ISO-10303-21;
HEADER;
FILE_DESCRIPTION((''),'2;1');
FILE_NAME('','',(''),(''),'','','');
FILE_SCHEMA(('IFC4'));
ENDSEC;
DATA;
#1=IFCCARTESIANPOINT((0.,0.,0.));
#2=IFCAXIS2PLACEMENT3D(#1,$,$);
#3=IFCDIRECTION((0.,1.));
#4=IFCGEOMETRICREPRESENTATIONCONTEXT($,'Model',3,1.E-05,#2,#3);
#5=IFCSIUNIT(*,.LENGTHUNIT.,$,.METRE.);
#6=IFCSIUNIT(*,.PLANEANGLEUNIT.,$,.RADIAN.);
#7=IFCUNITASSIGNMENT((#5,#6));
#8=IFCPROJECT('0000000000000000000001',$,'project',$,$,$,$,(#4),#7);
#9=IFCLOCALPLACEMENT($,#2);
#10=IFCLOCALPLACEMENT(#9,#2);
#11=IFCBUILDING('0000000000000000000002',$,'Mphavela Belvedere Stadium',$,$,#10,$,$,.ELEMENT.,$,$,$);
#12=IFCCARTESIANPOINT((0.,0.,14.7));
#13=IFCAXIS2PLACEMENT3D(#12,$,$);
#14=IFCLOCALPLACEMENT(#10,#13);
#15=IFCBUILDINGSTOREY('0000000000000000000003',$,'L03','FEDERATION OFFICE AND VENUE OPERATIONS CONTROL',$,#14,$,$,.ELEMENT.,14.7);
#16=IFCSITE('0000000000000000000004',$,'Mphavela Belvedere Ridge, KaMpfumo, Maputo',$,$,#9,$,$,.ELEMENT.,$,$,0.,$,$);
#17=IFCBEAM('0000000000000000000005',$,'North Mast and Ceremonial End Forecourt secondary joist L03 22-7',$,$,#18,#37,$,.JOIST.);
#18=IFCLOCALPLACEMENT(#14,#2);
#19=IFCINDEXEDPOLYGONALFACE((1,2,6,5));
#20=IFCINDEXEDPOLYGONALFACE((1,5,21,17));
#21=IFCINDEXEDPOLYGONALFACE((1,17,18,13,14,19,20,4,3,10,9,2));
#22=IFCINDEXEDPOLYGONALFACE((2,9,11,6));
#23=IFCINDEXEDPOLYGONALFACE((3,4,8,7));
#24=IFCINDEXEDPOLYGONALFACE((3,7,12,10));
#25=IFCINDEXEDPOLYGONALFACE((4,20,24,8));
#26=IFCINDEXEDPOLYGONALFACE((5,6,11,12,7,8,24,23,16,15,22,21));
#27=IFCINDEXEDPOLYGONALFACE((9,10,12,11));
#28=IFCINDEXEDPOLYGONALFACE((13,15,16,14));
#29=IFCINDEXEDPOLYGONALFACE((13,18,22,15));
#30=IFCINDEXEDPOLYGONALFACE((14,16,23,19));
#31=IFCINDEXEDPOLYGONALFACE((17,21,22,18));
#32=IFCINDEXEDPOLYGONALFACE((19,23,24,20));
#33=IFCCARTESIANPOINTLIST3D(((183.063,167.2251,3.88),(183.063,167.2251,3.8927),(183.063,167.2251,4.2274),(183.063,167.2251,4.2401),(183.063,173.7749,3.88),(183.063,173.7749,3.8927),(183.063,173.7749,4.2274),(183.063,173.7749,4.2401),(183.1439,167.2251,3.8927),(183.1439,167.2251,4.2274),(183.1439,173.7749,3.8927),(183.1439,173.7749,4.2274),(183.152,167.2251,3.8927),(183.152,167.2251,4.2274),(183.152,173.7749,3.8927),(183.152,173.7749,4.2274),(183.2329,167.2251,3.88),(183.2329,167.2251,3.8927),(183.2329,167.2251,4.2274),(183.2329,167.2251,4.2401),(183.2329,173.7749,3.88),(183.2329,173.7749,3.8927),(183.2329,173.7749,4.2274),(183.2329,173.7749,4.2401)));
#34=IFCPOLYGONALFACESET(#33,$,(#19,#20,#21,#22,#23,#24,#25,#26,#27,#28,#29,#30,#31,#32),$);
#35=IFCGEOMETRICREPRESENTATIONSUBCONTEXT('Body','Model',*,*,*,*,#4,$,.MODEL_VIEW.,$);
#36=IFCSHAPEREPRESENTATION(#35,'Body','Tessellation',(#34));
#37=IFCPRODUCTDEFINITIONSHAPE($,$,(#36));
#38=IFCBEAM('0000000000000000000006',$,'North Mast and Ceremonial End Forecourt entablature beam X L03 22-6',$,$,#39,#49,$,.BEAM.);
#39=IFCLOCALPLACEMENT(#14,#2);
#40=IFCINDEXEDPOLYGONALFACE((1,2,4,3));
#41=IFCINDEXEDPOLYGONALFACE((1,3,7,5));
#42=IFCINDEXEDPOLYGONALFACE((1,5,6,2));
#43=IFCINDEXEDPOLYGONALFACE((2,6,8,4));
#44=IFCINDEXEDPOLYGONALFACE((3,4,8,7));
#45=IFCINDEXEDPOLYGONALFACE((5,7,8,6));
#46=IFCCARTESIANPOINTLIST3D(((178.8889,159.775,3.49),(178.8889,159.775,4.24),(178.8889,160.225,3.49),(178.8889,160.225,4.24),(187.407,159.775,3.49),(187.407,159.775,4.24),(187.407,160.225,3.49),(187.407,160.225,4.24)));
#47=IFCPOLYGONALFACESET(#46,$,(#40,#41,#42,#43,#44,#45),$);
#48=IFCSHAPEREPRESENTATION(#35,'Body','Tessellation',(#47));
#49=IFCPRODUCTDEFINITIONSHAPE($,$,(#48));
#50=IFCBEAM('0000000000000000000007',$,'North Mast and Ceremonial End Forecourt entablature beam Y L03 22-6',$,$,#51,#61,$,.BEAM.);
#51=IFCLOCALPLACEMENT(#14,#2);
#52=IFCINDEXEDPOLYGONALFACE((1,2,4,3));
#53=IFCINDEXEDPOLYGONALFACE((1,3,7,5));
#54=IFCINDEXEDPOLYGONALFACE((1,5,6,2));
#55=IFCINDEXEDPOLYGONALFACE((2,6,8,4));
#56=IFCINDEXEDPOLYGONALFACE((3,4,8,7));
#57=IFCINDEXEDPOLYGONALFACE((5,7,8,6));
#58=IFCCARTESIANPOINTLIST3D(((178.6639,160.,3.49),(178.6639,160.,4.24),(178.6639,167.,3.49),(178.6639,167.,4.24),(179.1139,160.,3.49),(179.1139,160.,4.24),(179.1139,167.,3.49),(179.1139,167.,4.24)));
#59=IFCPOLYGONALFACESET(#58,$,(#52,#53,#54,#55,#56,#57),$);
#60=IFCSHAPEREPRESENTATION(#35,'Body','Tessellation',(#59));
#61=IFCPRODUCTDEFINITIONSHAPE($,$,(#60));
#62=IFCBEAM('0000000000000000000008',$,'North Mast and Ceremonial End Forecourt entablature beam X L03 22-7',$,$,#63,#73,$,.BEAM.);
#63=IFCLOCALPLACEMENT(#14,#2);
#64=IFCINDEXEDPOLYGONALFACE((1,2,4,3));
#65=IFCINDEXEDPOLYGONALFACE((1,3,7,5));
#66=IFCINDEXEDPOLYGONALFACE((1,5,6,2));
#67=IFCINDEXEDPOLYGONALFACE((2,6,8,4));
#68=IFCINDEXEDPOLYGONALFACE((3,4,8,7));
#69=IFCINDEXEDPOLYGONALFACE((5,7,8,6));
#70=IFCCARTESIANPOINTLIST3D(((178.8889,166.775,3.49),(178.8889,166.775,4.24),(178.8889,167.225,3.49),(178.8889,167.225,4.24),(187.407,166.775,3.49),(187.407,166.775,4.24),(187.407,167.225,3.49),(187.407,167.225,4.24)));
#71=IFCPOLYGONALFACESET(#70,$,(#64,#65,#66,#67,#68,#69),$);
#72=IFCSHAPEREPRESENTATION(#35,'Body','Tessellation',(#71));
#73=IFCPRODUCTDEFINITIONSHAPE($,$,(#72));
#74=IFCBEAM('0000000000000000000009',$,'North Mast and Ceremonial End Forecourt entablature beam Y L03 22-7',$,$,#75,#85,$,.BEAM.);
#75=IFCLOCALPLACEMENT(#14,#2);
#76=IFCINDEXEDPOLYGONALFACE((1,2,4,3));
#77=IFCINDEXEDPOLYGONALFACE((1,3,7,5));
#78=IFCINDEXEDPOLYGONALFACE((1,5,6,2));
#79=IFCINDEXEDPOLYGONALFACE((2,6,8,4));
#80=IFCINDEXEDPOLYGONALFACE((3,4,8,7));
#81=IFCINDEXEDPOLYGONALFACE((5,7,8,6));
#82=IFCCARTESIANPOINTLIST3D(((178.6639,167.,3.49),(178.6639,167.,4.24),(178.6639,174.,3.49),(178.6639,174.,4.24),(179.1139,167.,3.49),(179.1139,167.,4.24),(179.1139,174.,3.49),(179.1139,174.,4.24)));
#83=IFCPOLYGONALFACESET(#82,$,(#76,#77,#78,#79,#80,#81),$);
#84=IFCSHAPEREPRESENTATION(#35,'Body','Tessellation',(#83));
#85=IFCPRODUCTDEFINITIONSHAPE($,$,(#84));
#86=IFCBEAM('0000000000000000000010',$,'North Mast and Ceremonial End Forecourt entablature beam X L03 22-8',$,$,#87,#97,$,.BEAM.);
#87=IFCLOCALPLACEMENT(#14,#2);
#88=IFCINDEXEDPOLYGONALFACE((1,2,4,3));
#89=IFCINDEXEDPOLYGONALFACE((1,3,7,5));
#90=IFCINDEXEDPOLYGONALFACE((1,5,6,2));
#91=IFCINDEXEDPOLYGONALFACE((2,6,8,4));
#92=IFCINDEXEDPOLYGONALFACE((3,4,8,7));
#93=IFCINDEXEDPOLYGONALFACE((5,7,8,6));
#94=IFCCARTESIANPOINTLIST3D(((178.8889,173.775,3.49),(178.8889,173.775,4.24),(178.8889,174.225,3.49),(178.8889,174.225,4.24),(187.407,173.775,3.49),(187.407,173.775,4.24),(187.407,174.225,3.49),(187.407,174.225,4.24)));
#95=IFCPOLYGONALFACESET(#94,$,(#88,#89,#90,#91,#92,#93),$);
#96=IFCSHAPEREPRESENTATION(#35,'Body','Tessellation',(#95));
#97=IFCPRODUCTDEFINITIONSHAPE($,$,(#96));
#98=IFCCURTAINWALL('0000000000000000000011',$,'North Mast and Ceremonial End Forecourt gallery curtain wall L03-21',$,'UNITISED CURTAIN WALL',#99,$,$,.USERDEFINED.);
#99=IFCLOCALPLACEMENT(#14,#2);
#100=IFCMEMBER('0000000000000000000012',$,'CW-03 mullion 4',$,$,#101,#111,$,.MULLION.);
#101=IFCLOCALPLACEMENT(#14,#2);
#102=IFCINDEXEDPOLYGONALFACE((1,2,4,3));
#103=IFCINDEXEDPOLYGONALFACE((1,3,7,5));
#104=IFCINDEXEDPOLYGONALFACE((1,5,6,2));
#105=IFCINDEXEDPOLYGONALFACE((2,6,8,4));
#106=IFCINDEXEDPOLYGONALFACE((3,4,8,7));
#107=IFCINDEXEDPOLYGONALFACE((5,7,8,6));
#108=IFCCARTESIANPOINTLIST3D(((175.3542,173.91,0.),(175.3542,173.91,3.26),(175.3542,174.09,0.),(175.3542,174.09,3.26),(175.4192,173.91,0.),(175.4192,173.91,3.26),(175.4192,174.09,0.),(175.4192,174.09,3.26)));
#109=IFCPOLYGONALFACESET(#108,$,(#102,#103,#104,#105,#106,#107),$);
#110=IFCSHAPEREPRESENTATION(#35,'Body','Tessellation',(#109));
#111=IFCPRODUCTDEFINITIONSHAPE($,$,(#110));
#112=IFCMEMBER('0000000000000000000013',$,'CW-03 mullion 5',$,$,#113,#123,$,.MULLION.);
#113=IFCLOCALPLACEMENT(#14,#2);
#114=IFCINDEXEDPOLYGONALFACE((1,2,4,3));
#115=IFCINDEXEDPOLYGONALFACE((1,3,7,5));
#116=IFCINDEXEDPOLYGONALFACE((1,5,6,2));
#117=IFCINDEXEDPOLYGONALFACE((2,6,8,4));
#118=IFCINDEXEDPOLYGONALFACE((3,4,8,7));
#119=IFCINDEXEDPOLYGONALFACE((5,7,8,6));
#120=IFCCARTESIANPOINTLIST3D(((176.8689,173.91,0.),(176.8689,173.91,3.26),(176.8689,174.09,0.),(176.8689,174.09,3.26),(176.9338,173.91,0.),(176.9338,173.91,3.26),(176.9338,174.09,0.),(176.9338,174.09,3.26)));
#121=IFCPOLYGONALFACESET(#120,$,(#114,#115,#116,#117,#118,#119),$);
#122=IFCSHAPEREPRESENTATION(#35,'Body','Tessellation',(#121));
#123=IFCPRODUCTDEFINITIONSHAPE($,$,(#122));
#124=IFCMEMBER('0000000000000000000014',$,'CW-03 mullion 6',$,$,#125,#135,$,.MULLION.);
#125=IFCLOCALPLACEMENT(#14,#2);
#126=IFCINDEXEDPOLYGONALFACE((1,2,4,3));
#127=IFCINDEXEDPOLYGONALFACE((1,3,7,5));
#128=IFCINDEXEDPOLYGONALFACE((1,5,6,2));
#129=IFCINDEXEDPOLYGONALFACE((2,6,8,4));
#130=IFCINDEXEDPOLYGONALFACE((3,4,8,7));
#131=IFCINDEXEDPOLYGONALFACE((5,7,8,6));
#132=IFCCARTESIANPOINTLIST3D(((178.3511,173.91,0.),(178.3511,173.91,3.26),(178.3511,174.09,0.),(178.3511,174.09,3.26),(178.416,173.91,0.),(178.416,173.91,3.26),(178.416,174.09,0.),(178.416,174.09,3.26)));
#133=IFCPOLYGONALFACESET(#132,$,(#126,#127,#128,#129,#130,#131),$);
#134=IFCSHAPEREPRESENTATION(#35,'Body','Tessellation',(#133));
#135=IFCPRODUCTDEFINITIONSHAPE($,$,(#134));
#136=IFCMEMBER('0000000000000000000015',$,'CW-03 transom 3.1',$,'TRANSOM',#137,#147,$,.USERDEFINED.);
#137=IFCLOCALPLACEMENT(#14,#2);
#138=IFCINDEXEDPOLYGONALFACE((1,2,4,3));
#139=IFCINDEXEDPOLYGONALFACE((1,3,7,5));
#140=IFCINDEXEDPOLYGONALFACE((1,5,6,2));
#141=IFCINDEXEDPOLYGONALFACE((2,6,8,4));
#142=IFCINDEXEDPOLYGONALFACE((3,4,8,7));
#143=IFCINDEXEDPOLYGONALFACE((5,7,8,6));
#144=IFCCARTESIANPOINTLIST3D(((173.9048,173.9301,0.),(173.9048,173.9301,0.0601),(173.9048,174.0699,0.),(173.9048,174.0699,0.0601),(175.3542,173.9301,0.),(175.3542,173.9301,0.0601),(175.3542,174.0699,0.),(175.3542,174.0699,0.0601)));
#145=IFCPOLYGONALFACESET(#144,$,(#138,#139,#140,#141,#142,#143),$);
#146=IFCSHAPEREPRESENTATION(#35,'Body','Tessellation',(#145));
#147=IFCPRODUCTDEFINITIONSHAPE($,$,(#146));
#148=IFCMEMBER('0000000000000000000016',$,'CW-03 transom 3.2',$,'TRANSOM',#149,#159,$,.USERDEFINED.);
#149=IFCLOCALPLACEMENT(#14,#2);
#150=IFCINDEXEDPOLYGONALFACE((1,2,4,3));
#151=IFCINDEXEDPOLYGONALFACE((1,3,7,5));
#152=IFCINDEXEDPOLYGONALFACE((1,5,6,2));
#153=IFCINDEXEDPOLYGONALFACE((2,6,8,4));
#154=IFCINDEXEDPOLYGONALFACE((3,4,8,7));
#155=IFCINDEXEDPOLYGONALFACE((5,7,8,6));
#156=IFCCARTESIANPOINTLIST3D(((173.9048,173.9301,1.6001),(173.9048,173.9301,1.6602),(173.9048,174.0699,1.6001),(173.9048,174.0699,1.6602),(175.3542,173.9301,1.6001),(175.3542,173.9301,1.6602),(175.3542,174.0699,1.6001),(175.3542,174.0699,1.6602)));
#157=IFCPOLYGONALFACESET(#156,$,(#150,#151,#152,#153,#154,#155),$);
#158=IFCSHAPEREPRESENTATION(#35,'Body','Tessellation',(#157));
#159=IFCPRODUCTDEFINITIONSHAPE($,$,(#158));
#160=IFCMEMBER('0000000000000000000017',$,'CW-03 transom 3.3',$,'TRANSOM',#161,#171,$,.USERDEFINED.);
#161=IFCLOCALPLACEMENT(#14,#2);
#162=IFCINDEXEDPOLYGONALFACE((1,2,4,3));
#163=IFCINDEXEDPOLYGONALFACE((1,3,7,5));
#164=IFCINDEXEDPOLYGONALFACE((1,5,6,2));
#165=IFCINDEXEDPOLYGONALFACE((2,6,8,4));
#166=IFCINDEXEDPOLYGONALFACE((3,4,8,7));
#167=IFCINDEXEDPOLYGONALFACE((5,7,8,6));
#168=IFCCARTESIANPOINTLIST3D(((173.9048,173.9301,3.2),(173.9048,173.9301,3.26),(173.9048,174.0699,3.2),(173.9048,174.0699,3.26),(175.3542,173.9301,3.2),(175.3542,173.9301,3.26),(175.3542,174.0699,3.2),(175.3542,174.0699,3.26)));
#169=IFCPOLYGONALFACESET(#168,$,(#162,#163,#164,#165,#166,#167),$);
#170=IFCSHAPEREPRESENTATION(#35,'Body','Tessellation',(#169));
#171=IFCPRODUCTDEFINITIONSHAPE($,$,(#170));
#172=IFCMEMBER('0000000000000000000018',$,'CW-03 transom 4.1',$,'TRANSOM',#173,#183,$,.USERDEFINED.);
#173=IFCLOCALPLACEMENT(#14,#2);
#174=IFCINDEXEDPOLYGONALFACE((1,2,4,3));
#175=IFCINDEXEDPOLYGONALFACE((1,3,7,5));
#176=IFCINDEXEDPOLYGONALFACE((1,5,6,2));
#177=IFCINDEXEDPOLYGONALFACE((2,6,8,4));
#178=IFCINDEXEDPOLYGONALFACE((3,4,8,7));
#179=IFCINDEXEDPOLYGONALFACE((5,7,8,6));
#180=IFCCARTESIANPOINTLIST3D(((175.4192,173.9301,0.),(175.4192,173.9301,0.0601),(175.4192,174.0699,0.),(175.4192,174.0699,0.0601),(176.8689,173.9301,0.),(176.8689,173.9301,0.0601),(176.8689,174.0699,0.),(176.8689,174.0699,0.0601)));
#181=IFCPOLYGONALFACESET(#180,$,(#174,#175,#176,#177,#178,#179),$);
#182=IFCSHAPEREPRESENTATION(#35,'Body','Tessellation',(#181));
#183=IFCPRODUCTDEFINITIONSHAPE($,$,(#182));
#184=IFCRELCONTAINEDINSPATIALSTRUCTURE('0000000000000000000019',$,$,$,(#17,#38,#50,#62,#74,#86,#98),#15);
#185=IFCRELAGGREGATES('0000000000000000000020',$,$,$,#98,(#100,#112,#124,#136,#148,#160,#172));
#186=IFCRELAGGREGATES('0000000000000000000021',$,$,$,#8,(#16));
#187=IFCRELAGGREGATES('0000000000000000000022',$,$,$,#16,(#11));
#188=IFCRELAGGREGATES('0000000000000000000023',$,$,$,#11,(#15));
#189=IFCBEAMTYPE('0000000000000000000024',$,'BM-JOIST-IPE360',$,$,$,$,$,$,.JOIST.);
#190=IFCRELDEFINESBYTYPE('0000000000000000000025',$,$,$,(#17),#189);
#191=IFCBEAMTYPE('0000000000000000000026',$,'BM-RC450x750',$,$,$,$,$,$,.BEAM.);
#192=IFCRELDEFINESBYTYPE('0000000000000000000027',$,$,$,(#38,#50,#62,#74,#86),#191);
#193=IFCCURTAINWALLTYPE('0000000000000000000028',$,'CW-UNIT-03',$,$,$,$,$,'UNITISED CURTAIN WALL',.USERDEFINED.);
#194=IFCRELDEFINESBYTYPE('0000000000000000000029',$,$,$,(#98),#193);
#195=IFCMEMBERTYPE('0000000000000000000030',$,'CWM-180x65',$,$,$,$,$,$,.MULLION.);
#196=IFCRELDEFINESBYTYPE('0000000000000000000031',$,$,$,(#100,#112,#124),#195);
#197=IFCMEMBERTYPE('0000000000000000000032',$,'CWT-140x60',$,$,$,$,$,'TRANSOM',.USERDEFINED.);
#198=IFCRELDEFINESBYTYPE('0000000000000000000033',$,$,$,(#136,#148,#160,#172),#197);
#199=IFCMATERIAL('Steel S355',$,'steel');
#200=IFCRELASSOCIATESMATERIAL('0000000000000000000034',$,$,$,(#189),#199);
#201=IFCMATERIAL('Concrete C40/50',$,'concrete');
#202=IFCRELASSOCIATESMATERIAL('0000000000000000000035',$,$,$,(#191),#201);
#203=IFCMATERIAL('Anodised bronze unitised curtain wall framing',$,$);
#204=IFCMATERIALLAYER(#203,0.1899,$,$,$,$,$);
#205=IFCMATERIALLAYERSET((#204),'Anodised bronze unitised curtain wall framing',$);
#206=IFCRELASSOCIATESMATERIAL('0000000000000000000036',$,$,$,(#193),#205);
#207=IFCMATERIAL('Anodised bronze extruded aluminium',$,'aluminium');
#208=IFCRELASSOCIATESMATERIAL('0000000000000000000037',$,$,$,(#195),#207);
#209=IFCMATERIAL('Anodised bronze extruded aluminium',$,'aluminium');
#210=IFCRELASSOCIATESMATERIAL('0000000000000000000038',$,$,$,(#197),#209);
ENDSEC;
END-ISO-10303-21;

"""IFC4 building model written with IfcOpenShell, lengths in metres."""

from ifc_helpers import new_model, si_unit, direction, frame, origin, origin_2d, place, context, subcontext, project, spatial, rectangle, i_section, extrude, material, layer, layer_set, material_profile, profile_set, type_object, element, aggregate, save


model = new_model("IFC4")

# Units and contexts
model_context = context("Model", 3, precision=1e-05, world=origin(), true_north=direction((0.0, 1.0)))
body_context = subcontext(model_context, "Body", "Model", "MODEL_VIEW")
ifc_project = project(units=[si_unit("LENGTHUNIT", "METRE"), si_unit("PLANEANGLEUNIT", "RADIAN")], contexts=[model_context])

# Site, building, storey
site_placement = place(None, origin())
site = spatial("IfcSite", under=ifc_project, at=site_placement, Name="Mphavela Belvedere Ridge, KaMpfumo, Maputo", CompositionType="ELEMENT", RefElevation=0.0)
building_placement = place(site_placement, origin())
building = spatial("IfcBuilding", under=site, at=building_placement, Name="Mphavela Belvedere Stadium", CompositionType="ELEMENT")
storey_placement = place(building_placement, frame((0.0, 0.0, 14.7)))
storey = spatial("IfcBuildingStorey", under=building, at=storey_placement, Name="L03", Description="FEDERATION OFFICE AND VENUE OPERATIONS CONTROL", CompositionType="ELEMENT", Elevation=14.7)

# Beams
ifc_material_1 = material(Name="Steel S355", Category="steel")
ifc_material_profile_1 = material_profile(ifc_material_1, i_section(OverallWidth=0.1699, OverallDepth=0.3601, WebThickness=0.0081, FlangeThickness=0.0127, at=origin_2d()), Name="IPE 360")
ifc_profile_set_1 = profile_set([ifc_material_profile_1], Name="Steel S355")
beam_type_1 = type_object("IfcBeamType", Name="BM-JOIST-IPE360", PredefinedType="JOIST", material=ifc_profile_set_1)
for number, where, z_axis, x_axis, name in (
    (1, (183.1479, 167.2251, 4.0601), (0.0, 1.0, 0.0), (-1.0, 0.0, 0.0), "North Mast and Ceremonial End Forecourt secondary joist L03 22-7"),
):
    element("IfcBeam", number, at=place(storey_placement, frame(where, z_axis=z_axis, x_axis=x_axis)), inside=storey, type_object=beam_type_1, Name=name, PredefinedType="JOIST", context=body_context, shape_type="SweptSolid", body=[
        extrude(i_section(OverallWidth=0.1699, OverallDepth=0.3601, WebThickness=0.0081, FlangeThickness=0.0127, at=origin_2d()), origin(), (0.0, 0.0, 1.0), 6.5498),
    ])
ifc_material_2 = material(Name="Concrete C40/50", Category="concrete")
ifc_material_profile_2 = material_profile(ifc_material_2, rectangle(XDim=0.45, YDim=0.75, at=origin_2d()), Name="RC 450x750")
ifc_profile_set_2 = profile_set([ifc_material_profile_2], Name="Concrete C40/50")
beam_type_2 = type_object("IfcBeamType", Name="BM-RC450x750", PredefinedType="BEAM", material=ifc_profile_set_2)
beam_1_placement = place(storey_placement, frame((178.8889, 160.0, 3.865), z_axis=(1.0, 0.0, 0.0), x_axis=(0.0, 1.0, 0.0)))
element("IfcBeam", 2, at=beam_1_placement, inside=storey, type_object=beam_type_2, Name="North Mast and Ceremonial End Forecourt entablature beam X L03 22-6", PredefinedType="BEAM", context=body_context, shape_type="SweptSolid", body=[
    extrude(rectangle(XDim=0.45, YDim=0.75, at=origin_2d()), origin(), (0.0, 0.0, 1.0), 8.5181),
])
beam_2_placement = place(storey_placement, frame((178.8889, 160.0, 3.865), z_axis=(0.0, 1.0, 0.0), x_axis=(-1.0, 0.0, 0.0)))
element("IfcBeam", 3, at=beam_2_placement, inside=storey, type_object=beam_type_2, Name="North Mast and Ceremonial End Forecourt entablature beam Y L03 22-6", PredefinedType="BEAM", context=body_context, shape_type="SweptSolid", body=[
    extrude(rectangle(XDim=0.45, YDim=0.75, at=origin_2d()), origin(), (0.0, 0.0, 1.0), 7.0),
])
beam_3_placement = place(storey_placement, frame((178.8889, 167.0, 3.865), z_axis=(1.0, 0.0, 0.0), x_axis=(0.0, 1.0, 0.0)))
element("IfcBeam", 4, at=beam_3_placement, inside=storey, type_object=beam_type_2, Name="North Mast and Ceremonial End Forecourt entablature beam X L03 22-7", PredefinedType="BEAM", context=body_context, shape_type="SweptSolid", body=[
    extrude(rectangle(XDim=0.45, YDim=0.75, at=origin_2d()), origin(), (0.0, 0.0, 1.0), 8.5181),
])
beam_4_placement = place(storey_placement, frame((178.8889, 167.0, 3.865), z_axis=(0.0, 1.0, 0.0), x_axis=(-1.0, 0.0, 0.0)))
element("IfcBeam", 5, at=beam_4_placement, inside=storey, type_object=beam_type_2, Name="North Mast and Ceremonial End Forecourt entablature beam Y L03 22-7", PredefinedType="BEAM", context=body_context, shape_type="SweptSolid", body=[
    extrude(rectangle(XDim=0.45, YDim=0.75, at=origin_2d()), origin(), (0.0, 0.0, 1.0), 7.0),
])
beam_5_placement = place(storey_placement, frame((178.8889, 174.0, 3.865), z_axis=(1.0, 0.0, 0.0), x_axis=(0.0, 1.0, 0.0)))
element("IfcBeam", 6, at=beam_5_placement, inside=storey, type_object=beam_type_2, Name="North Mast and Ceremonial End Forecourt entablature beam X L03 22-8", PredefinedType="BEAM", context=body_context, shape_type="SweptSolid", body=[
    extrude(rectangle(XDim=0.45, YDim=0.75, at=origin_2d()), origin(), (0.0, 0.0, 1.0), 8.5181),
])

# Curtain wall, members
ifc_material_3 = material(Name="Anodised bronze unitised curtain wall framing")
ifc_layer_1 = layer(ifc_material_3, 0.1899)
ifc_layer_set_1 = layer_set([ifc_layer_1], Name="Anodised bronze unitised curtain wall framing")
curtain_wall_type = type_object("IfcCurtainWallType", Name="CW-UNIT-03", ElementType="UNITISED CURTAIN WALL", PredefinedType="USERDEFINED", material=ifc_layer_set_1)
curtain_wall_placement = place(storey_placement, origin())
curtain_wall = element("IfcCurtainWall", 7, at=curtain_wall_placement, inside=storey, type_object=curtain_wall_type, Name="North Mast and Ceremonial End Forecourt gallery curtain wall L03-21", ObjectType="UNITISED CURTAIN WALL", PredefinedType="USERDEFINED")
ifc_material_4 = material(Name="Anodised bronze extruded aluminium", Category="aluminium")
ifc_material_profile_3 = material_profile(ifc_material_4, rectangle(XDim=0.1799, YDim=0.0649, at=origin_2d()), Name="CW-MUL 180x65")
ifc_profile_set_3 = profile_set([ifc_material_profile_3], Name="Anodised bronze extruded aluminium")
member_type_1 = type_object("IfcMemberType", Name="CWM-180x65", PredefinedType="MULLION", material=ifc_profile_set_3)
member_1_placement = place(storey_placement, frame((175.3867, 174.0, 0.0), z_axis=(0.0, 0.0, 1.0), x_axis=(0.0, 1.0, 0.0)))
member_1 = element("IfcMember", 8, at=member_1_placement, type_object=member_type_1, Name="CW-03 mullion 4", PredefinedType="MULLION", context=body_context, shape_type="SweptSolid", body=[
    extrude(rectangle(XDim=0.1799, YDim=0.0649, at=origin_2d()), origin(), (0.0, 0.0, 1.0), 3.26),
])
member_2_placement = place(storey_placement, frame((176.9014, 174.0, 0.0), z_axis=(0.0, 0.0, 1.0), x_axis=(0.0, 1.0, 0.0)))
member_2 = element("IfcMember", 9, at=member_2_placement, type_object=member_type_1, Name="CW-03 mullion 5", PredefinedType="MULLION", context=body_context, shape_type="SweptSolid", body=[
    extrude(rectangle(XDim=0.1799, YDim=0.0649, at=origin_2d()), origin(), (0.0, 0.0, 1.0), 3.26),
])
member_3_placement = place(storey_placement, frame((178.3835, 174.0, 0.0), z_axis=(0.0, 0.0, 1.0), x_axis=(0.0, 1.0, 0.0)))
member_3 = element("IfcMember", 10, at=member_3_placement, type_object=member_type_1, Name="CW-03 mullion 6", PredefinedType="MULLION", context=body_context, shape_type="SweptSolid", body=[
    extrude(rectangle(XDim=0.1799, YDim=0.0649, at=origin_2d()), origin(), (0.0, 0.0, 1.0), 3.26),
])
ifc_material_5 = material(Name="Anodised bronze extruded aluminium", Category="aluminium")
ifc_material_profile_4 = material_profile(ifc_material_5, rectangle(XDim=0.1399, YDim=0.0601, at=origin_2d()), Name="CW-TRN 140x60")
ifc_profile_set_4 = profile_set([ifc_material_profile_4], Name="Anodised bronze extruded aluminium")
member_type_2 = type_object("IfcMemberType", Name="CWT-140x60", ElementType="TRANSOM", PredefinedType="USERDEFINED", material=ifc_profile_set_4)
member_4_placement = place(storey_placement, frame((173.9048, 174.0, 0.03), z_axis=(1.0, 0.0, 0.0), x_axis=(0.0, 1.0, 0.0)))
member_4 = element("IfcMember", 11, at=member_4_placement, type_object=member_type_2, Name="CW-03 transom 3.1", ObjectType="TRANSOM", PredefinedType="USERDEFINED", context=body_context, shape_type="SweptSolid", body=[
    extrude(rectangle(XDim=0.1399, YDim=0.0601, at=origin_2d()), origin(), (0.0, 0.0, 1.0), 1.4495),
])
member_5_placement = place(storey_placement, frame((173.9048, 174.0, 1.6301), z_axis=(1.0, 0.0, 0.0), x_axis=(0.0, 1.0, 0.0)))
member_5 = element("IfcMember", 12, at=member_5_placement, type_object=member_type_2, Name="CW-03 transom 3.2", ObjectType="TRANSOM", PredefinedType="USERDEFINED", context=body_context, shape_type="SweptSolid", body=[
    extrude(rectangle(XDim=0.1399, YDim=0.0601, at=origin_2d()), origin(), (0.0, 0.0, 1.0), 1.4495),
])
member_6_placement = place(storey_placement, frame((173.9048, 174.0, 3.23), z_axis=(1.0, 0.0, 0.0), x_axis=(0.0, 1.0, 0.0)))
member_6 = element("IfcMember", 13, at=member_6_placement, type_object=member_type_2, Name="CW-03 transom 3.3", ObjectType="TRANSOM", PredefinedType="USERDEFINED", context=body_context, shape_type="SweptSolid", body=[
    extrude(rectangle(XDim=0.1399, YDim=0.0601, at=origin_2d()), origin(), (0.0, 0.0, 1.0), 1.4495),
])
member_7_placement = place(storey_placement, frame((175.4192, 174.0, 0.03), z_axis=(1.0, 0.0, 0.0), x_axis=(0.0, 1.0, 0.0)))
member_7 = element("IfcMember", 14, at=member_7_placement, type_object=member_type_2, Name="CW-03 transom 4.1", ObjectType="TRANSOM", PredefinedType="USERDEFINED", context=body_context, shape_type="SweptSolid", body=[
    extrude(rectangle(XDim=0.1399, YDim=0.0601, at=origin_2d()), origin(), (0.0, 0.0, 1.0), 1.4497),
])
aggregate(curtain_wall, [member_1, member_2, member_3, member_4, member_5, member_6, member_7])

save(model, "model.ifc")
